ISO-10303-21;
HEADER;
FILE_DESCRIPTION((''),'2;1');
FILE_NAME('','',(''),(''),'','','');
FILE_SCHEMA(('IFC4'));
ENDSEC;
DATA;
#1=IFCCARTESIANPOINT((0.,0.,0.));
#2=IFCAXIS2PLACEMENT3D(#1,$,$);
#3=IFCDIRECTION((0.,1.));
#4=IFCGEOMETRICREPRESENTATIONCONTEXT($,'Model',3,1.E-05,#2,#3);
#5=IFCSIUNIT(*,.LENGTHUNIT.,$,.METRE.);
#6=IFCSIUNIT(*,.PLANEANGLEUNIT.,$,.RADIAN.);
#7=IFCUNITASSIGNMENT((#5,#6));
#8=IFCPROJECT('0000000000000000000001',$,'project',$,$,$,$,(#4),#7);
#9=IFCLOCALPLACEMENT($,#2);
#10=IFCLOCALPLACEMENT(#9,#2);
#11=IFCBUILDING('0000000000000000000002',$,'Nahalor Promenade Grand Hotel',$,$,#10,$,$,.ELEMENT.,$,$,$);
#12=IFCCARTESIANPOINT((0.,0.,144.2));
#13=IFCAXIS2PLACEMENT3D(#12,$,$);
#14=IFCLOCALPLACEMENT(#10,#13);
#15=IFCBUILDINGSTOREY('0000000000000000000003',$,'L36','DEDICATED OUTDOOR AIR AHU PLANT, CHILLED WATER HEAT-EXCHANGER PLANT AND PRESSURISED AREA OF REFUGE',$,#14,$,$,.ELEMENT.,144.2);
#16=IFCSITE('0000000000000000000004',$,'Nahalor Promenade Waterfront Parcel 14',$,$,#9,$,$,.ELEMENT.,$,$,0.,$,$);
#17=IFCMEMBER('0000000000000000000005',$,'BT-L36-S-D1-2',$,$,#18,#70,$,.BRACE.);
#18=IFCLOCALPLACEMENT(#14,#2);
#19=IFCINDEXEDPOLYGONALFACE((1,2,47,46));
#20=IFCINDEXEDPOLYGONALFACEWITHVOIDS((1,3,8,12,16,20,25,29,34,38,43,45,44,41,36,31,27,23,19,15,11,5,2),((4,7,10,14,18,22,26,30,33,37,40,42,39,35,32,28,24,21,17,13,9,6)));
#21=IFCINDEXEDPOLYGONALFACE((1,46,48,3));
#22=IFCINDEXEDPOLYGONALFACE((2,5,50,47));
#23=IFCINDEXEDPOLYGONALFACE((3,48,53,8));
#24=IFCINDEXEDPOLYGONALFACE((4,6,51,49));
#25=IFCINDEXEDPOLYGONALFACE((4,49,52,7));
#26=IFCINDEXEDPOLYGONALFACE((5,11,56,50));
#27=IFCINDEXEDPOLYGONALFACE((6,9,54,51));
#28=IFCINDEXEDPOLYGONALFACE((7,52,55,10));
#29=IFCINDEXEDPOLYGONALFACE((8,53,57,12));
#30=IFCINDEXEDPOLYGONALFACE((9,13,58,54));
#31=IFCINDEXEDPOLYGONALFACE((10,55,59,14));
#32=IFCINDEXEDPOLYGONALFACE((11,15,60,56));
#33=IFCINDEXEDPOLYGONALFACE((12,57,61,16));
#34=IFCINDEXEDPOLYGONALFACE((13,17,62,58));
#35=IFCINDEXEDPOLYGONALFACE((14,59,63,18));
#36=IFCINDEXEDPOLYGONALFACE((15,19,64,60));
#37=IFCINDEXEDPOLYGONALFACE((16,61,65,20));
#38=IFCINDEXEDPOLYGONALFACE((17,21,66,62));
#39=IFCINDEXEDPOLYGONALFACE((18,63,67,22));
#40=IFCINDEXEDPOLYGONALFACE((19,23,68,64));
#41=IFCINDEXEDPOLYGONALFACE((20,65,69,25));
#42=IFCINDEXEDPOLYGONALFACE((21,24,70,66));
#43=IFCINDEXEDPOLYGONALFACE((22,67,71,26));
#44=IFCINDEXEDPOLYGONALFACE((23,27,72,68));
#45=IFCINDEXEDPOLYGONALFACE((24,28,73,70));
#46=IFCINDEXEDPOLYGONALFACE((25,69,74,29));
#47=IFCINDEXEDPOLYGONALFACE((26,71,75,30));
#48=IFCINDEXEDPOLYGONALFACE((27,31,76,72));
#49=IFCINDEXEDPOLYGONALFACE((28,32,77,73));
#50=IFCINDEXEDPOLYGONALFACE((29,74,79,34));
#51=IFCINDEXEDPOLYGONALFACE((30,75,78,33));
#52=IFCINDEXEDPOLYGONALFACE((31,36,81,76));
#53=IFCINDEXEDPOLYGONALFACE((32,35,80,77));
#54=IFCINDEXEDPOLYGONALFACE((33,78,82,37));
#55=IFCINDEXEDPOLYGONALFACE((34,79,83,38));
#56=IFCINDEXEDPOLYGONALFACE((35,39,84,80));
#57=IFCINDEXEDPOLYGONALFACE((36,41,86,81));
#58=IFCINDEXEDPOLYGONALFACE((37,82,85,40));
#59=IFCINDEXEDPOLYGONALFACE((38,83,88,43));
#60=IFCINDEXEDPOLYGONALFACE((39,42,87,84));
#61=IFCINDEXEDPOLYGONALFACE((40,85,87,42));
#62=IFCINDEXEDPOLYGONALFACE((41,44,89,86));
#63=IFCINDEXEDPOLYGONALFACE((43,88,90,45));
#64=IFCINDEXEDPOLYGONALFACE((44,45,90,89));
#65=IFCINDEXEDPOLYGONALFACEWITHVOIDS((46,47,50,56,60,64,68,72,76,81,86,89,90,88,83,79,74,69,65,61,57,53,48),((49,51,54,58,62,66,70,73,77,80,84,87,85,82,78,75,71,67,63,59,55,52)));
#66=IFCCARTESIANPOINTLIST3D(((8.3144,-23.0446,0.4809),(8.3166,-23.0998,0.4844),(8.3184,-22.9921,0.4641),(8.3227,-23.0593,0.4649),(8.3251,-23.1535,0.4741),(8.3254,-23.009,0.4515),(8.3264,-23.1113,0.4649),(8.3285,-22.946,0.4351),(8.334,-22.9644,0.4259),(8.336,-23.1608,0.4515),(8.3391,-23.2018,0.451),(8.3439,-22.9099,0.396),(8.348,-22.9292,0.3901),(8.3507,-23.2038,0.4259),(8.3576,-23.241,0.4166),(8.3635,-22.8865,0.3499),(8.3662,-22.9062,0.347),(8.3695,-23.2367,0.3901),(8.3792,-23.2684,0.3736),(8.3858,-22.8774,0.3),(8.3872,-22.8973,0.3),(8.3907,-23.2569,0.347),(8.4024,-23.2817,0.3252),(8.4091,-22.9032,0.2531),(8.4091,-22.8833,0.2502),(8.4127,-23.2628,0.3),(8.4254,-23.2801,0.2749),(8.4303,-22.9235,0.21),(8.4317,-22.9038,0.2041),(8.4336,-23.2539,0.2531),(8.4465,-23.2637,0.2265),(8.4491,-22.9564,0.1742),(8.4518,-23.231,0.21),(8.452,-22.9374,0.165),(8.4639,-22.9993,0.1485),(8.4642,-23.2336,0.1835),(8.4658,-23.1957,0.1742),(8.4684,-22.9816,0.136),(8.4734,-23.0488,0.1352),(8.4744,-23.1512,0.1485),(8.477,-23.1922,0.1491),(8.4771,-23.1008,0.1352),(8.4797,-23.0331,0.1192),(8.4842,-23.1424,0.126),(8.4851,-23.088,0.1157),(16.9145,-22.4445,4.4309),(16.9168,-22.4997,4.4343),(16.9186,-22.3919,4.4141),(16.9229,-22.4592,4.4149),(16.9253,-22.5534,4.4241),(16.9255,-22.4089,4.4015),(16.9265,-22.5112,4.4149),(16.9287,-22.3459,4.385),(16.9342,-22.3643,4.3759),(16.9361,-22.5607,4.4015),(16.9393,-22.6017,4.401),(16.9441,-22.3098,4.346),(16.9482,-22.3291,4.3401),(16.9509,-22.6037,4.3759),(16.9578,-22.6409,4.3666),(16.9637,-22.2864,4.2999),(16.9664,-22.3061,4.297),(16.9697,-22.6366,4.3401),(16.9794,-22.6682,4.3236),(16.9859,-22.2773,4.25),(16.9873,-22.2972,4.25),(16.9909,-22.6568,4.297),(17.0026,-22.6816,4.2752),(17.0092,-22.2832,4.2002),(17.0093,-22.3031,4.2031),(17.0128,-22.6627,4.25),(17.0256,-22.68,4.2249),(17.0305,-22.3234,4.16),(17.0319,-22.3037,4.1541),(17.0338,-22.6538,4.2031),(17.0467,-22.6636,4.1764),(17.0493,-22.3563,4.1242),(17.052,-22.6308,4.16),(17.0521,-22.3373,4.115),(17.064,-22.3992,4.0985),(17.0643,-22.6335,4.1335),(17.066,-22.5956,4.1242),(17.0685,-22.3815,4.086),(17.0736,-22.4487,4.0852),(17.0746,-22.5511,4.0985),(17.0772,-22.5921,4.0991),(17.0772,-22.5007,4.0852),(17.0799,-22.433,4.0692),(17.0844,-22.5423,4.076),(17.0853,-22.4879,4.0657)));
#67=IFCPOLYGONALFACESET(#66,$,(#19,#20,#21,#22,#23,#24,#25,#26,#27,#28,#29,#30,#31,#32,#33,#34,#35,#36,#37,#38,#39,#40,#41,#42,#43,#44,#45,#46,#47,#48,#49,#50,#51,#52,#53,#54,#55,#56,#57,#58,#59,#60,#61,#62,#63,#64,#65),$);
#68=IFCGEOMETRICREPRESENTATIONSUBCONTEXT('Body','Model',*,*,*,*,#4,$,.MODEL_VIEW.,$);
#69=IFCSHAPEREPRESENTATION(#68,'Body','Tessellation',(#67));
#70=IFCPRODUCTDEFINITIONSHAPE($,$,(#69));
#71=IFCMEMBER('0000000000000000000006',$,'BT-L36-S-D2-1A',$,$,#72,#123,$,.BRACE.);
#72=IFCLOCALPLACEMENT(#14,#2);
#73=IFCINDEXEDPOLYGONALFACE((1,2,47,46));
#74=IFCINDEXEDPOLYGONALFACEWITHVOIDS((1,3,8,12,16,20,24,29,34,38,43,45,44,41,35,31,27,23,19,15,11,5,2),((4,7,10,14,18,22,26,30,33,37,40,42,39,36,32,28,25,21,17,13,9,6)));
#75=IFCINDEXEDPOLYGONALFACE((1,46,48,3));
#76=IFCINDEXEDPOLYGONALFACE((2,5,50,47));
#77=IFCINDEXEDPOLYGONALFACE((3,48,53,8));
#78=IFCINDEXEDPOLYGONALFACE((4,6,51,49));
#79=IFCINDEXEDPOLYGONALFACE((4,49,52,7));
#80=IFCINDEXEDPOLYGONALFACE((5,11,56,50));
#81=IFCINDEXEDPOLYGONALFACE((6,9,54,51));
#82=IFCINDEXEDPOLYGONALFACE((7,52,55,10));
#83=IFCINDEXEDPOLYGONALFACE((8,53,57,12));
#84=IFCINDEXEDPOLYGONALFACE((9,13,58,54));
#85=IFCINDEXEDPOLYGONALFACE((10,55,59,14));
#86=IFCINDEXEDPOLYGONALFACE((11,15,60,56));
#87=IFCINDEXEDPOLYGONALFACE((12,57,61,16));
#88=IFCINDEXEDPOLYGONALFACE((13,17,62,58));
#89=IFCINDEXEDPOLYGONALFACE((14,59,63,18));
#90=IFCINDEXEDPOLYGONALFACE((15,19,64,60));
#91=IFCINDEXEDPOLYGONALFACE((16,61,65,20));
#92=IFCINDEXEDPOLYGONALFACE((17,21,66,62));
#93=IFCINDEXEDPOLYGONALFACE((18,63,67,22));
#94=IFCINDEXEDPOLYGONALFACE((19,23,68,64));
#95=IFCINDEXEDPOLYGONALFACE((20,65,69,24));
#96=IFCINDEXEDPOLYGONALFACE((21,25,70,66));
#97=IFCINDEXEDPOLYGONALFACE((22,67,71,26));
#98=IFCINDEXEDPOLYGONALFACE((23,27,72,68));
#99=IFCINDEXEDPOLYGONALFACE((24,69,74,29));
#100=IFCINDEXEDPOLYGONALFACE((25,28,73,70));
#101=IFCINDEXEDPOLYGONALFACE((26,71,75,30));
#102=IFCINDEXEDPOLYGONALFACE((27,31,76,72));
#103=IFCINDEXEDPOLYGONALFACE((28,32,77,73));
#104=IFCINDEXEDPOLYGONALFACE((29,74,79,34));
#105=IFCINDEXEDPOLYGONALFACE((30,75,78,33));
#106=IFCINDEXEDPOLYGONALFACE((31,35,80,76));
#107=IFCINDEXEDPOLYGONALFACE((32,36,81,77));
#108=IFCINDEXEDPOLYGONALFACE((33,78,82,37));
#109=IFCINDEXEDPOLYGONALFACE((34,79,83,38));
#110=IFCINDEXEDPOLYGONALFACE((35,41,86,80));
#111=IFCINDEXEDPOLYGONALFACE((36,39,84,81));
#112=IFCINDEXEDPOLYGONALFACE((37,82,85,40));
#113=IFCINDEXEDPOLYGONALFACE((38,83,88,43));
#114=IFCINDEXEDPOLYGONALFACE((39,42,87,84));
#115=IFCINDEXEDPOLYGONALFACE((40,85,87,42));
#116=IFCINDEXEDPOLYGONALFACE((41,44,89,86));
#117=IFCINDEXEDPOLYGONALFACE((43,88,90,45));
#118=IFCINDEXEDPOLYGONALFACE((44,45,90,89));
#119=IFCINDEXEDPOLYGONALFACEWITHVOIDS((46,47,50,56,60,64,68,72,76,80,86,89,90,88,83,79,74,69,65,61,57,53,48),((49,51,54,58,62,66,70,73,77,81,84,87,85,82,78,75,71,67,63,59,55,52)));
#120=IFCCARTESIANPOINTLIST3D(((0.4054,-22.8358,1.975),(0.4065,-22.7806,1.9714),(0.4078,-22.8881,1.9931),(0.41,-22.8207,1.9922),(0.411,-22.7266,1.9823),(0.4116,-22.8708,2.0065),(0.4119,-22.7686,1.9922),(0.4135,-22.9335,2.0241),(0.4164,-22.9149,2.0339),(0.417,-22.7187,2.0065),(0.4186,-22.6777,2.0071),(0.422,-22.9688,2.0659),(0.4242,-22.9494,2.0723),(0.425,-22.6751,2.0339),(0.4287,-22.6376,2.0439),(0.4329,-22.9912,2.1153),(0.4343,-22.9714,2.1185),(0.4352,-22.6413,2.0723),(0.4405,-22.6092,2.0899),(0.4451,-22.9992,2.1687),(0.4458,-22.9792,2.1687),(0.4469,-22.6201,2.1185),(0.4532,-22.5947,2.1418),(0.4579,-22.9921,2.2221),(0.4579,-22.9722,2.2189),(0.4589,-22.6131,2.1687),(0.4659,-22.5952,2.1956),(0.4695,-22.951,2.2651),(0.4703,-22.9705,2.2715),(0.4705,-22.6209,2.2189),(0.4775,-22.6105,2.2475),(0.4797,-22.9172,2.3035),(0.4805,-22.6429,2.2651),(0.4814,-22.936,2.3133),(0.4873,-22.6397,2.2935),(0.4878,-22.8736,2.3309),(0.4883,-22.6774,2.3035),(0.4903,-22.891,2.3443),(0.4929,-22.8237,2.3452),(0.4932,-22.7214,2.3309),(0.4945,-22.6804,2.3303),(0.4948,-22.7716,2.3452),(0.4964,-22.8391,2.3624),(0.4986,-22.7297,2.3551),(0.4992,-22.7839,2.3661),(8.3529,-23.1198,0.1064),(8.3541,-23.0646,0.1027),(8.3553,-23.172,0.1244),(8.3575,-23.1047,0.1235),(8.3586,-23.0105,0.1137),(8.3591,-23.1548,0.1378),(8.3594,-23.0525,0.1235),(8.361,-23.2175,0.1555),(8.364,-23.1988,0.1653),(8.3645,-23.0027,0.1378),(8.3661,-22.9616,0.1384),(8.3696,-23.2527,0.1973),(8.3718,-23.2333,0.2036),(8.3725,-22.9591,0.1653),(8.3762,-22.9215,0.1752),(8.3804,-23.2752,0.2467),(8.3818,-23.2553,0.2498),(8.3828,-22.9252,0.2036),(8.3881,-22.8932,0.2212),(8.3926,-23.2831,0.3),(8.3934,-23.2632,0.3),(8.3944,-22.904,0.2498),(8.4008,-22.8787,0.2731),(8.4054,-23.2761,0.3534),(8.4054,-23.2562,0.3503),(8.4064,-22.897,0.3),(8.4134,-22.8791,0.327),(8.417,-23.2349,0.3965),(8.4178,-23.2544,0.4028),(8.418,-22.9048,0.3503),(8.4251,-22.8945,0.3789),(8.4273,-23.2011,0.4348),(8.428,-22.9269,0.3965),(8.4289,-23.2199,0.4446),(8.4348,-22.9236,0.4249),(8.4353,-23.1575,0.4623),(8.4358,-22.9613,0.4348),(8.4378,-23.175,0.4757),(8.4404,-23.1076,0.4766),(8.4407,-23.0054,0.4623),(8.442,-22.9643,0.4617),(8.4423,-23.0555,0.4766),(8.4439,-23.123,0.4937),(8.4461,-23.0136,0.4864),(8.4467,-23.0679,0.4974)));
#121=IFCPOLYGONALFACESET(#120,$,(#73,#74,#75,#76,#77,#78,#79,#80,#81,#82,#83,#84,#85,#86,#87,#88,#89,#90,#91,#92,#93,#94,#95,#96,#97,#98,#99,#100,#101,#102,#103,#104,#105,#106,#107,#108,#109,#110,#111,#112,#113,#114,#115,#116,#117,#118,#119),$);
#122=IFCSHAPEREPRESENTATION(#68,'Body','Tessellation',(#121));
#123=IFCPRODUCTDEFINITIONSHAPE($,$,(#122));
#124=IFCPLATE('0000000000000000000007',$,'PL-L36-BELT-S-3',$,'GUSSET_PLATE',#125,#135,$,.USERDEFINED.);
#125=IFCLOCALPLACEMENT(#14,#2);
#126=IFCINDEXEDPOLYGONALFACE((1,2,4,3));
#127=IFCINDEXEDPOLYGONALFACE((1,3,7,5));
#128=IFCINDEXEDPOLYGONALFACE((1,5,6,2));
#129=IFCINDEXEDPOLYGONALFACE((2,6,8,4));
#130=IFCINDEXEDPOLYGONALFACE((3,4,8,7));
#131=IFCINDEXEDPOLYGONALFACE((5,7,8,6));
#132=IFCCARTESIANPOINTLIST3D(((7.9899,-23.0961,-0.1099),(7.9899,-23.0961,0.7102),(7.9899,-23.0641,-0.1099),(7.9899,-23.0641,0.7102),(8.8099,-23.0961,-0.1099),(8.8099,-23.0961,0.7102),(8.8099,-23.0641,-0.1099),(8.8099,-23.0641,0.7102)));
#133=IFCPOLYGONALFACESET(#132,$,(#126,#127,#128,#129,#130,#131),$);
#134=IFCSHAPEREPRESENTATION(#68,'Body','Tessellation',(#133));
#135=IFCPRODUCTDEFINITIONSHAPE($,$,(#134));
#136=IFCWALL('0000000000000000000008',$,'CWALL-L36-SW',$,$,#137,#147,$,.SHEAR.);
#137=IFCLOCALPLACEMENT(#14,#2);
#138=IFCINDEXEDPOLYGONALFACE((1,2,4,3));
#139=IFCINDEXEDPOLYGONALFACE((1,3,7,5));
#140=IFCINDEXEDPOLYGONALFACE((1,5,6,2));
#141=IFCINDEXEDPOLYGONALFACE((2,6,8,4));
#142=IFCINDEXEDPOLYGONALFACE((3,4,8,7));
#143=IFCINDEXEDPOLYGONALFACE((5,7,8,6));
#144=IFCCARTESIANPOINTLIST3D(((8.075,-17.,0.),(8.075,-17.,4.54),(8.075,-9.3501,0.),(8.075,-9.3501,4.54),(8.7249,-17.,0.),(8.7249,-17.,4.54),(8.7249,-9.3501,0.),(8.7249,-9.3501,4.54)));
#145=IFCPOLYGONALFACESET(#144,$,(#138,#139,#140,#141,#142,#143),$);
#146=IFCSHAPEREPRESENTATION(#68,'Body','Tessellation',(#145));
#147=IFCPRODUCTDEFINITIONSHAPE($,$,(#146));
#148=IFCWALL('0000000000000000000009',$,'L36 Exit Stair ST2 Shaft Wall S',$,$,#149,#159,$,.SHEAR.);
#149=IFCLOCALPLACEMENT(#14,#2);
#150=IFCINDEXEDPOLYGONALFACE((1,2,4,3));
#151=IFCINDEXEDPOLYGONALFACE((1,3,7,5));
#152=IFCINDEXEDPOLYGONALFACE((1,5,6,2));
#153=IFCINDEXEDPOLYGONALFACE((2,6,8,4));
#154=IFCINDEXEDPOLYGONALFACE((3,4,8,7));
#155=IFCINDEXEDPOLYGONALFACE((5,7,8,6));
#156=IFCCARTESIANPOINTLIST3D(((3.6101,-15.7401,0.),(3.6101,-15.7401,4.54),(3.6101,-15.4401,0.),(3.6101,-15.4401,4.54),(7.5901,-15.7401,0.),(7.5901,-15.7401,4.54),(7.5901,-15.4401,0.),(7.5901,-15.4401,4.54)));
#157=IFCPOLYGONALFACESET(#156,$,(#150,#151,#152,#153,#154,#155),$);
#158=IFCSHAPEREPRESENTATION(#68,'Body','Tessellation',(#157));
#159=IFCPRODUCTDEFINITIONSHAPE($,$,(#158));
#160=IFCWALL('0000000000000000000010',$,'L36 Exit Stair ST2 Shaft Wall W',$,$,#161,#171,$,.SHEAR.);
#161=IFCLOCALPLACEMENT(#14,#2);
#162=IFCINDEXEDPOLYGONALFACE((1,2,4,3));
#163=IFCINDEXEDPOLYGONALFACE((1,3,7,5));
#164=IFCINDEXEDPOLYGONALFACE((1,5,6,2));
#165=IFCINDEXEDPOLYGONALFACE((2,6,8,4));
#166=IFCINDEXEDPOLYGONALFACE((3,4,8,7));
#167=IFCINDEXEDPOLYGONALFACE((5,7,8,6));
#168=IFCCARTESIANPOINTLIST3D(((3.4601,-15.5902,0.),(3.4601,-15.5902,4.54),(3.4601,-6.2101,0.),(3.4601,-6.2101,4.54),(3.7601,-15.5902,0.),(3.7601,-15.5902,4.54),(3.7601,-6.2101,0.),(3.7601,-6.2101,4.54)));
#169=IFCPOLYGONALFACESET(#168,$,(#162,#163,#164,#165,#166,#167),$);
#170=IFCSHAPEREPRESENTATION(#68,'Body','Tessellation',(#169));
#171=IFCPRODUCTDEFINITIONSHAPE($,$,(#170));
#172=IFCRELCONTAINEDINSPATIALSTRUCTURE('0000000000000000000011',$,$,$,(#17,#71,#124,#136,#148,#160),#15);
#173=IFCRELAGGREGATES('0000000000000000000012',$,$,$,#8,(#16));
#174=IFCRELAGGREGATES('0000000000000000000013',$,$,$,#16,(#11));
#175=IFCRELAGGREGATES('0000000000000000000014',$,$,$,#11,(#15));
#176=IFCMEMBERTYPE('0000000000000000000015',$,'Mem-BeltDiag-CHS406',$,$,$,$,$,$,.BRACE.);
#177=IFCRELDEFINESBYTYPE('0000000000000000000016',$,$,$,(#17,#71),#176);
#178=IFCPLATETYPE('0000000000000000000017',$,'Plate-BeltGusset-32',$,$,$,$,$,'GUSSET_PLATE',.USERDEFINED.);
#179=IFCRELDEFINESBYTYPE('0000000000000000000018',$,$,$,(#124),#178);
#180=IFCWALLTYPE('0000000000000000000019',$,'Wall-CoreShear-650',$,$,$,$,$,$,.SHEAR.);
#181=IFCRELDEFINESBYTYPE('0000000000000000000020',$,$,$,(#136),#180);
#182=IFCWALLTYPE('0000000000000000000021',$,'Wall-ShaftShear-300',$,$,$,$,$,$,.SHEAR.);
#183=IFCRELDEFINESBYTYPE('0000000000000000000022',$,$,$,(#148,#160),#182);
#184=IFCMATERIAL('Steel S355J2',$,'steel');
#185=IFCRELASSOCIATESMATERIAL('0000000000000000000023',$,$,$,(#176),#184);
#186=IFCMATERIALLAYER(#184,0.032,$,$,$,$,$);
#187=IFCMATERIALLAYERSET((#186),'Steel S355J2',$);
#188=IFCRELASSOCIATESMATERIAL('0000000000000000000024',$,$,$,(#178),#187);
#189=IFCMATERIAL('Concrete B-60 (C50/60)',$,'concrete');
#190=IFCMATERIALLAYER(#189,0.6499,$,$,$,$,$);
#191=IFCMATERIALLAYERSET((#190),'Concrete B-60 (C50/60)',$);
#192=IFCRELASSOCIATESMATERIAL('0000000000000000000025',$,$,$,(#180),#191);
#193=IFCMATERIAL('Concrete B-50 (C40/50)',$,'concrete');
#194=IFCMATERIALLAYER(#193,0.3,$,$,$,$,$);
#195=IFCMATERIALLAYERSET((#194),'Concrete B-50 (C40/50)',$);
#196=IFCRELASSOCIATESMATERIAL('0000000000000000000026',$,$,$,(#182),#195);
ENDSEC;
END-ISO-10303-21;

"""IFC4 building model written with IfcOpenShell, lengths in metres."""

from ifc_helpers import new_model, si_unit, direction, frame, frame_2d, origin, origin_2d, place, context, subcontext, project, spatial, rectangle, hollow_circle, extrude, source, transform, mapped, material, layer, layer_set, material_profile, profile_set, type_object, element, save


model = new_model("IFC4")

# Units and contexts
model_context = context("Model", 3, precision=1e-05, world=origin(), true_north=direction((0.0, 1.0)))
body_context = subcontext(model_context, "Body", "Model", "MODEL_VIEW")
ifc_project = project(units=[si_unit("LENGTHUNIT", "METRE"), si_unit("PLANEANGLEUNIT", "RADIAN")], contexts=[model_context])

# Site, building, storey
site_placement = place(None, origin())
site = spatial("IfcSite", under=ifc_project, at=site_placement, Name="Nahalor Promenade Waterfront Parcel 14", CompositionType="ELEMENT", RefElevation=0.0)
building_placement = place(site_placement, origin())
building = spatial("IfcBuilding", under=site, at=building_placement, Name="Nahalor Promenade Grand Hotel", CompositionType="ELEMENT")
storey_placement = place(building_placement, frame((0.0, 0.0, 144.2)))
storey = spatial("IfcBuildingStorey", under=building, at=storey_placement, Name="L36", Description="DEDICATED OUTDOOR AIR AHU PLANT, CHILLED WATER HEAT-EXCHANGER PLANT AND PRESSURISED AREA OF REFUGE", CompositionType="ELEMENT", Elevation=144.2)

# Shared definitions
ifc_material_1 = material(Name="Concrete B-60 (C50/60)", Category="concrete")
ifc_material_2 = material(Name="Steel S355J2", Category="steel")

# Members
ifc_material_profile_1 = material_profile(ifc_material_2, hollow_circle(Radius=0.2032, WallThickness=0.02, at=origin_2d()), Name="CHS 406.4x20")
ifc_profile_set_1 = profile_set([ifc_material_profile_1], Name="Steel S355J2")
member_type = type_object("IfcMemberType", Name="Mem-BeltDiag-CHS406", PredefinedType="BRACE", material=ifc_profile_set_1)
shared_shape_1 = source(origin(), body_context, "Body", "SweptSolid", [
    extrude(hollow_circle(Radius=0.2032, WallThickness=0.02, at=origin_2d()), origin(), (0.0, 0.0, 1.0), 9.4829),
])
member_1_placement = place(storey_placement, frame((8.3999, -23.0801, 0.3), z_axis=(0.906913, 0.063283, 0.416538), x_axis=(-0.069609, 0.997574, 0.0)))
element("IfcMember", 1, at=member_1_placement, inside=storey, type_object=member_type, Name="BT-L36-S-D1-2", PredefinedType="BRACE", context=body_context, shape_type="MappedRepresentation", body=[
    mapped(shared_shape_1, transform((0.0, 0.0, 0.0), scale=1.0)),
])
shared_shape_2 = source(origin(), body_context, "Body", "SweptSolid", [
    extrude(hollow_circle(Radius=0.2032, WallThickness=0.02, at=origin_2d()), origin(), (0.0, 0.0, 1.0), 8.1692),
])
member_2_placement = place(storey_placement, frame((8.3999, -23.0801, 0.3), z_axis=(-0.972866, 0.034757, 0.228744), x_axis=(-0.035704, -0.999362, 0.0)))
element("IfcMember", 2, at=member_2_placement, inside=storey, type_object=member_type, Name="BT-L36-S-D2-1A", PredefinedType="BRACE", context=body_context, shape_type="MappedRepresentation", body=[
    mapped(shared_shape_2, transform((0.0, 0.0, 0.0), scale=1.0)),
])

# Plate
ifc_layer_1 = layer(ifc_material_2, 0.032)
ifc_layer_set_1 = layer_set([ifc_layer_1], Name="Steel S355J2")
plate_type = type_object("IfcPlateType", Name="Plate-BeltGusset-32", ElementType="GUSSET_PLATE", PredefinedType="USERDEFINED", material=ifc_layer_set_1)
shared_shape_3 = source(origin(), body_context, "Body", "SweptSolid", [
    extrude(rectangle(XDim=0.8201, YDim=0.032, at=origin_2d()), origin(), (0.0, 0.0, 1.0), 0.8201),
])
plate_placement = place(storey_placement, frame((8.3999, -23.0801, -0.1099), z_axis=(0.0, 0.0, 1.0), x_axis=(1.0, 0.0, 0.0)))
element("IfcPlate", 3, at=plate_placement, inside=storey, type_object=plate_type, Name="PL-L36-BELT-S-3", ObjectType="GUSSET_PLATE", PredefinedType="USERDEFINED", context=body_context, shape_type="MappedRepresentation", body=[
    mapped(shared_shape_3, transform((0.0, 0.0, 0.0), scale=1.0)),
])

# Walls
ifc_layer_2 = layer(ifc_material_1, 0.6499)
ifc_layer_set_2 = layer_set([ifc_layer_2], Name="Concrete B-60 (C50/60)")
wall_type_1 = type_object("IfcWallType", Name="Wall-CoreShear-650", PredefinedType="SHEAR", material=ifc_layer_set_2)
shared_shape_4 = source(origin(), body_context, "Body", "SweptSolid", [
    extrude(rectangle(XDim=7.6499, YDim=0.6499, at=frame_2d((3.825, 0.0))), origin(), (0.0, 0.0, 1.0), 4.54),
])
wall_1_placement = place(storey_placement, frame((8.3999, -17.0, 0.0), z_axis=(0.0, 0.0, 1.0), x_axis=(0.0, 1.0, 0.0)))
element("IfcWall", 4, at=wall_1_placement, inside=storey, type_object=wall_type_1, Name="CWALL-L36-SW", PredefinedType="SHEAR", context=body_context, shape_type="MappedRepresentation", body=[
    mapped(shared_shape_4, transform((0.0, 0.0, 0.0), scale=1.0)),
])
ifc_material_3 = material(Name="Concrete B-50 (C40/50)", Category="concrete")
ifc_layer_3 = layer(ifc_material_3, 0.3)
ifc_layer_set_3 = layer_set([ifc_layer_3], Name="Concrete B-50 (C40/50)")
wall_type_2 = type_object("IfcWallType", Name="Wall-ShaftShear-300", PredefinedType="SHEAR", material=ifc_layer_set_3)
shared_shape_5 = source(origin(), body_context, "Body", "SweptSolid", [
    extrude(rectangle(XDim=3.98, YDim=0.3, at=frame_2d((1.99, 0.0))), origin(), (0.0, 0.0, 1.0), 4.54),
])
wall_2_placement = place(storey_placement, frame((3.6101, -15.5901, 0.0), z_axis=(0.0, 0.0, 1.0), x_axis=(1.0, 0.0, 0.0)))
element("IfcWall", 5, at=wall_2_placement, inside=storey, type_object=wall_type_2, Name="L36 Exit Stair ST2 Shaft Wall S", PredefinedType="SHEAR", context=body_context, shape_type="MappedRepresentation", body=[
    mapped(shared_shape_5, transform((0.0, 0.0, 0.0), scale=1.0)),
])
shared_shape_6 = source(origin(), body_context, "Body", "SweptSolid", [
    extrude(rectangle(XDim=9.3801, YDim=0.3, at=frame_2d((4.6899, 0.0))), origin(), (0.0, 0.0, 1.0), 4.54),
])
wall_3_placement = place(storey_placement, frame((3.6101, -15.5901, 0.0), z_axis=(0.0, 0.0, 1.0), x_axis=(0.0, 1.0, 0.0)))
element("IfcWall", 6, at=wall_3_placement, inside=storey, type_object=wall_type_2, Name="L36 Exit Stair ST2 Shaft Wall W", PredefinedType="SHEAR", context=body_context, shape_type="MappedRepresentation", body=[
    mapped(shared_shape_6, transform((0.0, 0.0, 0.0), scale=1.0)),
])

save(model, "model.ifc")
